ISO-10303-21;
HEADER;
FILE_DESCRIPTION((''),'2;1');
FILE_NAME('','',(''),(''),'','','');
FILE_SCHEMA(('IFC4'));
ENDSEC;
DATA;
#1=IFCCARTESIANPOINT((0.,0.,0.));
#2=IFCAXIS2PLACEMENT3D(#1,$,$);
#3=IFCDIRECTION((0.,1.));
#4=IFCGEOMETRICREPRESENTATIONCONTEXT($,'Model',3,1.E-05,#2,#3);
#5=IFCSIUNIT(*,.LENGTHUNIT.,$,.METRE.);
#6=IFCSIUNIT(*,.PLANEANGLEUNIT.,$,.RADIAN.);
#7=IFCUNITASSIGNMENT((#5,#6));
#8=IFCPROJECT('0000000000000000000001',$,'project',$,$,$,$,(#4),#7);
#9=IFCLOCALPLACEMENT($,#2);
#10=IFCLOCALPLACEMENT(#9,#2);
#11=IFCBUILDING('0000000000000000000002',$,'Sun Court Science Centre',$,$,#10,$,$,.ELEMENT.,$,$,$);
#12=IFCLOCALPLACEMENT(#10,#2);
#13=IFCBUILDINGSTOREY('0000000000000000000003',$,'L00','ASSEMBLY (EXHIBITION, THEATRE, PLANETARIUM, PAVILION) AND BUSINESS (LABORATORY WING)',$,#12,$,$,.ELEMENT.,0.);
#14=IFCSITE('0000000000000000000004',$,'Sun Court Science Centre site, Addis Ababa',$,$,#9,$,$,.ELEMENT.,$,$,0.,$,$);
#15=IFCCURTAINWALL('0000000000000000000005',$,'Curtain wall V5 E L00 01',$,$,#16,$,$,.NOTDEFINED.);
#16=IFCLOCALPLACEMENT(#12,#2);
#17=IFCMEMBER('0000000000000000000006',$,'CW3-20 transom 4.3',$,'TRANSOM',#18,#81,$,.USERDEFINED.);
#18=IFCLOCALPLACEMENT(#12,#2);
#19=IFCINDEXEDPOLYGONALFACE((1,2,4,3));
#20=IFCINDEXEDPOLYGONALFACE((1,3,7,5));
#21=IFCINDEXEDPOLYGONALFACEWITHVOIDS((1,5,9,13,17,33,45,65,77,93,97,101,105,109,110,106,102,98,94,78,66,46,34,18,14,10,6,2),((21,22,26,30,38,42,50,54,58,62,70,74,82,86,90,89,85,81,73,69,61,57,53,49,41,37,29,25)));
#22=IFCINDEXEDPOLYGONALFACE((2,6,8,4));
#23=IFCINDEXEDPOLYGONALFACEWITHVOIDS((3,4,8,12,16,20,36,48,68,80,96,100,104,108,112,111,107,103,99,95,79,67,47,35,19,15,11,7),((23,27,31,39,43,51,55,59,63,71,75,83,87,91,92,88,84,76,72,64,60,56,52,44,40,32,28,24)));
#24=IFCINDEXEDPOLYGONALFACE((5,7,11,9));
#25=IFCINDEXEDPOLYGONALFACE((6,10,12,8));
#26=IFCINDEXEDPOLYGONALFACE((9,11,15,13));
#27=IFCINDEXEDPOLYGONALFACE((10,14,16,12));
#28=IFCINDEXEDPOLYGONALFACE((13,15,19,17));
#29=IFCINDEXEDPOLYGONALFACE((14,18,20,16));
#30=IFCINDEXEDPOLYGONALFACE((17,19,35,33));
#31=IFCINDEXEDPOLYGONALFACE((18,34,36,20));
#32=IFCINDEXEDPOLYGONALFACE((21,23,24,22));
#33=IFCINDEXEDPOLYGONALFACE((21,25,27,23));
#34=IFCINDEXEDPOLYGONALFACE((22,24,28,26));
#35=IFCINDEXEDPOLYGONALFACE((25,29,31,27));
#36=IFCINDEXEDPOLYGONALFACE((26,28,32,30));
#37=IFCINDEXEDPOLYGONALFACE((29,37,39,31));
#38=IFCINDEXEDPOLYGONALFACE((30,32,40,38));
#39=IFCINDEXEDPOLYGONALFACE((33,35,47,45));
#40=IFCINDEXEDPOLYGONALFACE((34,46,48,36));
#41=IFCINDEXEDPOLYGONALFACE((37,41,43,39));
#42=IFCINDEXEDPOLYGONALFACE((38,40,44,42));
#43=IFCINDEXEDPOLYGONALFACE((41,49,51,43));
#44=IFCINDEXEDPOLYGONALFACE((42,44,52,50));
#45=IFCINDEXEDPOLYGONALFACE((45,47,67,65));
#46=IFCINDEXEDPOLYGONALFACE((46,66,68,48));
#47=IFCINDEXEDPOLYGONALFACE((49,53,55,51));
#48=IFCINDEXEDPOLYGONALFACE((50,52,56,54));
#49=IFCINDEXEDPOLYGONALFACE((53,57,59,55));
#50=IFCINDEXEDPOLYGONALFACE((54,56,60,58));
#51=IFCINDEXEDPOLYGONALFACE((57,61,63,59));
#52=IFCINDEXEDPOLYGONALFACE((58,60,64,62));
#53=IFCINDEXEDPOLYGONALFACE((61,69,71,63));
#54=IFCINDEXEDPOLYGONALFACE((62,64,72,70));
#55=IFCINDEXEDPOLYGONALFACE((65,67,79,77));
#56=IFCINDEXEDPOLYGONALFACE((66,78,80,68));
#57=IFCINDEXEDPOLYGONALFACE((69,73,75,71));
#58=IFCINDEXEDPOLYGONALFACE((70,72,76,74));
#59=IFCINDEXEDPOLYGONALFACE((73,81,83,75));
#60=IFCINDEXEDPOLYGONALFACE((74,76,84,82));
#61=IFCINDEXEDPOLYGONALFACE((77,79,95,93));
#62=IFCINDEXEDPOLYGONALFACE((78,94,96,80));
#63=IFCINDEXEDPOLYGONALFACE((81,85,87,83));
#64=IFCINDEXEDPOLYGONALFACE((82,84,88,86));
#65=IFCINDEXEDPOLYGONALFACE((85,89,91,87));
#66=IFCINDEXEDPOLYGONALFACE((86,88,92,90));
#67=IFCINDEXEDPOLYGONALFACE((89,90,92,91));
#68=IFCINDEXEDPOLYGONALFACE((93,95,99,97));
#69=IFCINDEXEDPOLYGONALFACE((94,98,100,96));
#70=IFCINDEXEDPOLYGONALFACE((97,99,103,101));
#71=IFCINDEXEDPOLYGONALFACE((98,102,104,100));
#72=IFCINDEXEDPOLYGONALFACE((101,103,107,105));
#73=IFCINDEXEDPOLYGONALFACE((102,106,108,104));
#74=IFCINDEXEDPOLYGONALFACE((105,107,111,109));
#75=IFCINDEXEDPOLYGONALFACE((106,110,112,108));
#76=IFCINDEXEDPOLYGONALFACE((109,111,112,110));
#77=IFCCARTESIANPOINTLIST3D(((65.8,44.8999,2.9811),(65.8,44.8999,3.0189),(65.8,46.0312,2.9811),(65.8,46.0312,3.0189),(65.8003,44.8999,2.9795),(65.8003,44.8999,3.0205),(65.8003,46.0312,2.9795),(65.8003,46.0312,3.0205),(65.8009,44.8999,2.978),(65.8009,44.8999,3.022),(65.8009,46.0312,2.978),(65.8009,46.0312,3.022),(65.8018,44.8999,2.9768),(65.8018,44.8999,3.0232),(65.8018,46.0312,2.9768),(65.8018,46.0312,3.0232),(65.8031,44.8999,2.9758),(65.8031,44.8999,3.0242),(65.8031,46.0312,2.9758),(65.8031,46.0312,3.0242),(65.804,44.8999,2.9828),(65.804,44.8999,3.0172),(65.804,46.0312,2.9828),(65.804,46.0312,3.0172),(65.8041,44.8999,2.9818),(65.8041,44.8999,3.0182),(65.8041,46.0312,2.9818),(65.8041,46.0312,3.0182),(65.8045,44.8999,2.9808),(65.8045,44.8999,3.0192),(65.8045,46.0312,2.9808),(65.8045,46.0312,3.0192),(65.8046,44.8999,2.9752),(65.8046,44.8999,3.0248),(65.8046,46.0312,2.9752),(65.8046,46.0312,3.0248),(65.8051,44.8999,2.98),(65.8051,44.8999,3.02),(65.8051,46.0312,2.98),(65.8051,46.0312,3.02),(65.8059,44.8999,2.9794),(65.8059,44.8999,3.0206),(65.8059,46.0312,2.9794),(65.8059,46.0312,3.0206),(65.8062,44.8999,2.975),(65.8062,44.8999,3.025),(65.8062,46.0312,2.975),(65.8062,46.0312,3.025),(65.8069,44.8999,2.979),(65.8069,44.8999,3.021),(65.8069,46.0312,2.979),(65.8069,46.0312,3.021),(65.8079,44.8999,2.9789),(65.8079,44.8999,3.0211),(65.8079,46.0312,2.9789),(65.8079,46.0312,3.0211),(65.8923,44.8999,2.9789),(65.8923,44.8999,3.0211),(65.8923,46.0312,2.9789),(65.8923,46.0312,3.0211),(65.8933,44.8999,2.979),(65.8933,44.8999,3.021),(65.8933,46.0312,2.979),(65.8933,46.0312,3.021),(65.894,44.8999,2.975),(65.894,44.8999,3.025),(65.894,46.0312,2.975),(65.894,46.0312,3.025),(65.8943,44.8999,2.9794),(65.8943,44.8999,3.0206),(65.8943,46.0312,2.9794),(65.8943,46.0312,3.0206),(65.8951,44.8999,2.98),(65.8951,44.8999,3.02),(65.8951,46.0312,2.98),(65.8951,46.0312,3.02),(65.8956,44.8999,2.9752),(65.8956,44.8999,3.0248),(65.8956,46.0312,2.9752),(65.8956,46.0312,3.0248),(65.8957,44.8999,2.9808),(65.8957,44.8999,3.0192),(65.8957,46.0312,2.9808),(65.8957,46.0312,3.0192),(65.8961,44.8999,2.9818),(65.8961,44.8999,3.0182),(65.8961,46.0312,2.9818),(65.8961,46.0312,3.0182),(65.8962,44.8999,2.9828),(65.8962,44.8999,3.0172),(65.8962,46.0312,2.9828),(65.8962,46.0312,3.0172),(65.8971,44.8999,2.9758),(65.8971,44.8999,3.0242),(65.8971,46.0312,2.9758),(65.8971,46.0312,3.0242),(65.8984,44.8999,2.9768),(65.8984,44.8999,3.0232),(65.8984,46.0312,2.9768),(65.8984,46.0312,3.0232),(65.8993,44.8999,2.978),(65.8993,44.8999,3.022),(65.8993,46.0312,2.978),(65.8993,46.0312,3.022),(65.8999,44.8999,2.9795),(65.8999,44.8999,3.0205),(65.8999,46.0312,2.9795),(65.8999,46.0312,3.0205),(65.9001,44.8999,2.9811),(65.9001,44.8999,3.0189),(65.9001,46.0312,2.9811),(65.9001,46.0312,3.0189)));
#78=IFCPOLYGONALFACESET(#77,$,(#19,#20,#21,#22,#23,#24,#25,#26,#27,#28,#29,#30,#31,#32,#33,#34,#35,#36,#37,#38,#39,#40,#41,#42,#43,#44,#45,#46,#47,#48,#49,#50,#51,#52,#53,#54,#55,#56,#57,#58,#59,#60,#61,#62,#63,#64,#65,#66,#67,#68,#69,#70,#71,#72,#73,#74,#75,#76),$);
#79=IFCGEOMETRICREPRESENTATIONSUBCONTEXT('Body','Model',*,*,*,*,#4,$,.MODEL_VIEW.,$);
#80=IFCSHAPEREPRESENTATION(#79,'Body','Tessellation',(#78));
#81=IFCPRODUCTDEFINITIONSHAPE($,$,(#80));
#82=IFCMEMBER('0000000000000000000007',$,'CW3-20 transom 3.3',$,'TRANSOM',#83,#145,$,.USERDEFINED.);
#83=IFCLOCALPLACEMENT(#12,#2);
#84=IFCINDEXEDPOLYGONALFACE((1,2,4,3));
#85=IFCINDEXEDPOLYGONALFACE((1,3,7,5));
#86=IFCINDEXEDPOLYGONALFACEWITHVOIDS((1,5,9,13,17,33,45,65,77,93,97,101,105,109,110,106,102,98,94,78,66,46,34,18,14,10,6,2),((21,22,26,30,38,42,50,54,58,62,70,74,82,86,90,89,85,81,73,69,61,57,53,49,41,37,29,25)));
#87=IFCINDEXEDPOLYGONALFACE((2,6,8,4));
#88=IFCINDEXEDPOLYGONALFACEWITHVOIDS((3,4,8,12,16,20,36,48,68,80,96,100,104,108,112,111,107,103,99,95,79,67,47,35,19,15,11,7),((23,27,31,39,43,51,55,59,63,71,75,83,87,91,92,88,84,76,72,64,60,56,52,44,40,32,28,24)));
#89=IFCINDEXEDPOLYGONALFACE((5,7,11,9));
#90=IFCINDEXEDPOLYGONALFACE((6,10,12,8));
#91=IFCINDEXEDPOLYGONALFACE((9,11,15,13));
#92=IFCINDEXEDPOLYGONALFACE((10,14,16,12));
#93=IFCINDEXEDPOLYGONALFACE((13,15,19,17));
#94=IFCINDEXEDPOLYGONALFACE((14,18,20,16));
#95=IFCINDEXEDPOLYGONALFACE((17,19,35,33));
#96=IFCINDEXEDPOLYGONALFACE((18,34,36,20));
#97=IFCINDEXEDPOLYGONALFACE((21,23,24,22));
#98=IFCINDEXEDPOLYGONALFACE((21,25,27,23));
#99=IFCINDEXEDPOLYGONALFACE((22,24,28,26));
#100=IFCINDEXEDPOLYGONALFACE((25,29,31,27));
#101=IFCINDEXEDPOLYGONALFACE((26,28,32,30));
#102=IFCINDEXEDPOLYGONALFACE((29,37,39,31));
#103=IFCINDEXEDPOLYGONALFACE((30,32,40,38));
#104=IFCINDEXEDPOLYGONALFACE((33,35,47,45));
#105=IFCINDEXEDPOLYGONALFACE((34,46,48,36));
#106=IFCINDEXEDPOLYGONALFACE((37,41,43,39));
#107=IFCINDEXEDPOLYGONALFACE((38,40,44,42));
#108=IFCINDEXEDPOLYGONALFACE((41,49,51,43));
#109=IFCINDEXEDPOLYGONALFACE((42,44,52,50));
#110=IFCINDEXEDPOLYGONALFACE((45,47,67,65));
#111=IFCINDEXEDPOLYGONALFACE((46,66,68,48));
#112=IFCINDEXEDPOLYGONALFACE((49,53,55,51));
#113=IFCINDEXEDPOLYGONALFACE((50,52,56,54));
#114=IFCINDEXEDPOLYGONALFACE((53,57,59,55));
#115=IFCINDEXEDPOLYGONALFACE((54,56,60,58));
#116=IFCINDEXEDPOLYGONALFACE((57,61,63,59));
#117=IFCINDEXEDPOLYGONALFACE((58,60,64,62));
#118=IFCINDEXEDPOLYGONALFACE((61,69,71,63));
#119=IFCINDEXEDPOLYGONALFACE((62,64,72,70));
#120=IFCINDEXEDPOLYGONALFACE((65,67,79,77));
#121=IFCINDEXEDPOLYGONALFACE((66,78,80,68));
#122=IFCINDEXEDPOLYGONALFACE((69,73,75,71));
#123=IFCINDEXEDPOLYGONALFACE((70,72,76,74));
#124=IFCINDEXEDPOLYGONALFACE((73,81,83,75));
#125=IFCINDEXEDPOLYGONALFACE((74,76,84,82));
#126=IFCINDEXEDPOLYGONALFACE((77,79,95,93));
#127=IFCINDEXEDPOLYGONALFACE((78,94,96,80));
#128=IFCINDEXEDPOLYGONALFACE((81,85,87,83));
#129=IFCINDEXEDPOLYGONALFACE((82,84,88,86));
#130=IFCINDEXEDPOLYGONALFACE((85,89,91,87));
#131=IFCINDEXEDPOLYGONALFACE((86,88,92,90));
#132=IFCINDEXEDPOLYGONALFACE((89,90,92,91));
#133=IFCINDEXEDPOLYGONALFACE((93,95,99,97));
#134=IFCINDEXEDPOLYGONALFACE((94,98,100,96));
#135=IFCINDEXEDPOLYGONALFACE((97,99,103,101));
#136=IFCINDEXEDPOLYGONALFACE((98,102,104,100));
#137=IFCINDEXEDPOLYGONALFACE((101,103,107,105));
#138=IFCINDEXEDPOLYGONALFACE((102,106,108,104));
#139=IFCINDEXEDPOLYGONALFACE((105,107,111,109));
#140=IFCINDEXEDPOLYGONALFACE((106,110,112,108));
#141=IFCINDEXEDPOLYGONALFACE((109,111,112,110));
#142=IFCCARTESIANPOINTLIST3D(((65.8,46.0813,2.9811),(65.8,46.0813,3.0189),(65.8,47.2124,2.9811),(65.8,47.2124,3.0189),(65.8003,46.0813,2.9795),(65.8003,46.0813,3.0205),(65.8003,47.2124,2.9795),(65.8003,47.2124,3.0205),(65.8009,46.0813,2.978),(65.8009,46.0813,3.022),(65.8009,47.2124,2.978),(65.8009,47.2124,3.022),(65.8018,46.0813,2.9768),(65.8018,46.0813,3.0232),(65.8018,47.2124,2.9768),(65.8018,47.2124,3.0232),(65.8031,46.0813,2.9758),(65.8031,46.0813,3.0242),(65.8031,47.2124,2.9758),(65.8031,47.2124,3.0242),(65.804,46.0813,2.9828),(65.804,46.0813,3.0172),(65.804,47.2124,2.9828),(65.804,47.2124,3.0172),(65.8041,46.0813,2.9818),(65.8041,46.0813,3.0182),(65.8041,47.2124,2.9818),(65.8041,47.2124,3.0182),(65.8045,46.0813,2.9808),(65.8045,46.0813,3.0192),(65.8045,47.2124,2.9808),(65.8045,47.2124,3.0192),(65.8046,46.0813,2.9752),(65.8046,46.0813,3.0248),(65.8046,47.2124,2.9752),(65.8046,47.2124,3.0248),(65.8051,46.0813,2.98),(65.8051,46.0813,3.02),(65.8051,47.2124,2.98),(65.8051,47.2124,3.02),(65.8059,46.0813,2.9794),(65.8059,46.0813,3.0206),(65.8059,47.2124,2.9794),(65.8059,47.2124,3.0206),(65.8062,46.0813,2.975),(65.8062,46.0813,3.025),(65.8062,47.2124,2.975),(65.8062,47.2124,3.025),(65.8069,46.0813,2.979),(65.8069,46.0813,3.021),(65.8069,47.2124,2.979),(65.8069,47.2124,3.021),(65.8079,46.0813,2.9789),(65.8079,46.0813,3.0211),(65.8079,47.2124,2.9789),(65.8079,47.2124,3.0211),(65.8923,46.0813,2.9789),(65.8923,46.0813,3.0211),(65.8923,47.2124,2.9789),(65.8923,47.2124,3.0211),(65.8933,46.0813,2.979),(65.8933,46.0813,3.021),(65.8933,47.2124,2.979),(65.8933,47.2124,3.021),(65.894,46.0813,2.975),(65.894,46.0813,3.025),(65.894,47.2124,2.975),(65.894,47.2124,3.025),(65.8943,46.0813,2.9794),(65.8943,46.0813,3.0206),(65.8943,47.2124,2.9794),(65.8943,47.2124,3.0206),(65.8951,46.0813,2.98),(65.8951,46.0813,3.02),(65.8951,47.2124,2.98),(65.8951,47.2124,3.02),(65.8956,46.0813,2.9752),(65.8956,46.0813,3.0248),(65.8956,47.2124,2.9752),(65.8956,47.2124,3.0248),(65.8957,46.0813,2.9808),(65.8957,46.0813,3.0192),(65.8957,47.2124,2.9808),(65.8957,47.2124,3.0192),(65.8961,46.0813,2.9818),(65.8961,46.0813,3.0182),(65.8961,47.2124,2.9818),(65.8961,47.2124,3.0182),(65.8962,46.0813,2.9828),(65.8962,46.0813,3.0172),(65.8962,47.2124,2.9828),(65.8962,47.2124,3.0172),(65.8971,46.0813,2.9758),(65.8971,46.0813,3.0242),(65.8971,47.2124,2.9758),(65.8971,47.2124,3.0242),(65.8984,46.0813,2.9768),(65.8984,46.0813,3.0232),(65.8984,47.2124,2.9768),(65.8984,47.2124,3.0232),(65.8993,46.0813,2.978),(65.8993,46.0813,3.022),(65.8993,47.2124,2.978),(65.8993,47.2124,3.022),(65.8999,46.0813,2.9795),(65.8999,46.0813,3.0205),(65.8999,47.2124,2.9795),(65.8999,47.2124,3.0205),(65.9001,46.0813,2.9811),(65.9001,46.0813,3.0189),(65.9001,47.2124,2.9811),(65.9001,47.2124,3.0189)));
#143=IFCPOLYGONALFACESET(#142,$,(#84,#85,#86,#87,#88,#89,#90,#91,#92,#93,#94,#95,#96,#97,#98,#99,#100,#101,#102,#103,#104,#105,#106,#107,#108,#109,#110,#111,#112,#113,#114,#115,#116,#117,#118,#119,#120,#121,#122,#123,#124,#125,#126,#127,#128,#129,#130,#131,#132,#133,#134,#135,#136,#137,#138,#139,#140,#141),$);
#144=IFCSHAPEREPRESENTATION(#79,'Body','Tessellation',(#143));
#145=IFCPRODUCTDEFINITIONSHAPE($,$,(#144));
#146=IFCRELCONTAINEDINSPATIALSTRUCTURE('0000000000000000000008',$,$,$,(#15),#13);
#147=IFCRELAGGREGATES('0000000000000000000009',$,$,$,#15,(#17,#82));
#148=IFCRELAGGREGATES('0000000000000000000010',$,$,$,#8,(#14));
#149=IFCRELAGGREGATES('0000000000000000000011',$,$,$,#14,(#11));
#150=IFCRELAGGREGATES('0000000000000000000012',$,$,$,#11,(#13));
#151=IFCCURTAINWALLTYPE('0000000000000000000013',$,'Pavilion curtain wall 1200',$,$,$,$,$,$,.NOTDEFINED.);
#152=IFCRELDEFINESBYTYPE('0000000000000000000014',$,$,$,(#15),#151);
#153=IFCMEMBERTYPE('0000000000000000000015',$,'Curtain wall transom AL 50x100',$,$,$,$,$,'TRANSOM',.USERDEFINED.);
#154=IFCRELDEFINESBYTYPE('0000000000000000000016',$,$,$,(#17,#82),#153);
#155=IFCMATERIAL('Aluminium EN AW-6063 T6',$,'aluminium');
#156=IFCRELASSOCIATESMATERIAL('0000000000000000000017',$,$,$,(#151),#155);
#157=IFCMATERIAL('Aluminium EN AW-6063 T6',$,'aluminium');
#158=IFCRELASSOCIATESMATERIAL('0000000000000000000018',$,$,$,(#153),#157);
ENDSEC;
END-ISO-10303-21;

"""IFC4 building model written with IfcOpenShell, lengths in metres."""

from ifc_helpers import new_model, si_unit, direction, frame, origin, origin_2d, place, context, subcontext, project, spatial, hollow_rectangle, extrude, material, material_profile, profile_set, type_object, element, aggregate, save


model = new_model("IFC4")

# Units and contexts
model_context = context("Model", 3, precision=1e-05, world=origin(), true_north=direction((0.0, 1.0)))
body_context = subcontext(model_context, "Body", "Model", "MODEL_VIEW")
ifc_project = project(units=[si_unit("LENGTHUNIT", "METRE"), si_unit("PLANEANGLEUNIT", "RADIAN")], contexts=[model_context])

# Site, building, storey
site_placement = place(None, origin())
site = spatial("IfcSite", under=ifc_project, at=site_placement, Name="Sun Court Science Centre site, Addis Ababa", CompositionType="ELEMENT", RefElevation=0.0)
building_placement = place(site_placement, origin())
building = spatial("IfcBuilding", under=site, at=building_placement, Name="Sun Court Science Centre", CompositionType="ELEMENT")
storey_placement = place(building_placement, origin())
storey = spatial("IfcBuildingStorey", under=building, at=storey_placement, Name="L00", Description="ASSEMBLY (EXHIBITION, THEATRE, PLANETARIUM, PAVILION) AND BUSINESS (LABORATORY WING)", CompositionType="ELEMENT", Elevation=0.0)

# Shared definitions
ifc_material_1 = material(Name="Aluminium EN AW-6063 T6", Category="aluminium")
curtain_wall_type = type_object("IfcCurtainWallType", Name="Pavilion curtain wall 1200", PredefinedType="NOTDEFINED", material=ifc_material_1)

# Curtain wall, members
curtain_wall_1_placement = place(storey_placement, origin())
curtain_wall_1 = element("IfcCurtainWall", 1, at=curtain_wall_1_placement, inside=storey, type_object=curtain_wall_type, Name="Curtain wall V5 E L00 01", PredefinedType="NOTDEFINED")
ifc_material_2 = material(Name="Aluminium EN AW-6063 T6", Category="aluminium")
ifc_material_profile_1 = material_profile(ifc_material_2, hollow_rectangle(XDim=0.05, YDim=0.1001, WallThickness=0.0039, InnerFilletRadius=0.0039, OuterFilletRadius=0.0061, at=origin_2d()), Name="AL 50x100x4")
ifc_profile_set_1 = profile_set([ifc_material_profile_1], Name="Aluminium EN AW-6063 T6")
member_type_1 = type_object("IfcMemberType", Name="Curtain wall transom AL 50x100", ElementType="TRANSOM", PredefinedType="USERDEFINED", material=ifc_profile_set_1)
member_1_placement = place(storey_placement, frame((65.8501, 46.0312, 3.0), z_axis=(0.0, -1.0, 0.0), x_axis=(0.0, 0.0, 1.0)))
member_1 = element("IfcMember", 2, at=member_1_placement, type_object=member_type_1, Name="CW3-20 transom 4.3", ObjectType="TRANSOM", PredefinedType="USERDEFINED", context=body_context, shape_type="SweptSolid", body=[
    extrude(hollow_rectangle(XDim=0.05, YDim=0.1001, WallThickness=0.0039, InnerFilletRadius=0.0039, OuterFilletRadius=0.0061, at=origin_2d()), origin(), (0.0, 0.0, 1.0), 1.1313),
])
member_2_placement = place(storey_placement, frame((65.8501, 47.2124, 3.0), z_axis=(0.0, -1.0, 0.0), x_axis=(0.0, 0.0, 1.0)))
member_2 = element("IfcMember", 3, at=member_2_placement, type_object=member_type_1, Name="CW3-20 transom 3.3", ObjectType="TRANSOM", PredefinedType="USERDEFINED", context=body_context, shape_type="SweptSolid", body=[
    extrude(hollow_rectangle(XDim=0.05, YDim=0.1001, WallThickness=0.0039, InnerFilletRadius=0.0039, OuterFilletRadius=0.0061, at=origin_2d()), origin(), (0.0, 0.0, 1.0), 1.1311),
])
aggregate(curtain_wall_1, [member_1, member_2])

save(model, "model.ifc")
